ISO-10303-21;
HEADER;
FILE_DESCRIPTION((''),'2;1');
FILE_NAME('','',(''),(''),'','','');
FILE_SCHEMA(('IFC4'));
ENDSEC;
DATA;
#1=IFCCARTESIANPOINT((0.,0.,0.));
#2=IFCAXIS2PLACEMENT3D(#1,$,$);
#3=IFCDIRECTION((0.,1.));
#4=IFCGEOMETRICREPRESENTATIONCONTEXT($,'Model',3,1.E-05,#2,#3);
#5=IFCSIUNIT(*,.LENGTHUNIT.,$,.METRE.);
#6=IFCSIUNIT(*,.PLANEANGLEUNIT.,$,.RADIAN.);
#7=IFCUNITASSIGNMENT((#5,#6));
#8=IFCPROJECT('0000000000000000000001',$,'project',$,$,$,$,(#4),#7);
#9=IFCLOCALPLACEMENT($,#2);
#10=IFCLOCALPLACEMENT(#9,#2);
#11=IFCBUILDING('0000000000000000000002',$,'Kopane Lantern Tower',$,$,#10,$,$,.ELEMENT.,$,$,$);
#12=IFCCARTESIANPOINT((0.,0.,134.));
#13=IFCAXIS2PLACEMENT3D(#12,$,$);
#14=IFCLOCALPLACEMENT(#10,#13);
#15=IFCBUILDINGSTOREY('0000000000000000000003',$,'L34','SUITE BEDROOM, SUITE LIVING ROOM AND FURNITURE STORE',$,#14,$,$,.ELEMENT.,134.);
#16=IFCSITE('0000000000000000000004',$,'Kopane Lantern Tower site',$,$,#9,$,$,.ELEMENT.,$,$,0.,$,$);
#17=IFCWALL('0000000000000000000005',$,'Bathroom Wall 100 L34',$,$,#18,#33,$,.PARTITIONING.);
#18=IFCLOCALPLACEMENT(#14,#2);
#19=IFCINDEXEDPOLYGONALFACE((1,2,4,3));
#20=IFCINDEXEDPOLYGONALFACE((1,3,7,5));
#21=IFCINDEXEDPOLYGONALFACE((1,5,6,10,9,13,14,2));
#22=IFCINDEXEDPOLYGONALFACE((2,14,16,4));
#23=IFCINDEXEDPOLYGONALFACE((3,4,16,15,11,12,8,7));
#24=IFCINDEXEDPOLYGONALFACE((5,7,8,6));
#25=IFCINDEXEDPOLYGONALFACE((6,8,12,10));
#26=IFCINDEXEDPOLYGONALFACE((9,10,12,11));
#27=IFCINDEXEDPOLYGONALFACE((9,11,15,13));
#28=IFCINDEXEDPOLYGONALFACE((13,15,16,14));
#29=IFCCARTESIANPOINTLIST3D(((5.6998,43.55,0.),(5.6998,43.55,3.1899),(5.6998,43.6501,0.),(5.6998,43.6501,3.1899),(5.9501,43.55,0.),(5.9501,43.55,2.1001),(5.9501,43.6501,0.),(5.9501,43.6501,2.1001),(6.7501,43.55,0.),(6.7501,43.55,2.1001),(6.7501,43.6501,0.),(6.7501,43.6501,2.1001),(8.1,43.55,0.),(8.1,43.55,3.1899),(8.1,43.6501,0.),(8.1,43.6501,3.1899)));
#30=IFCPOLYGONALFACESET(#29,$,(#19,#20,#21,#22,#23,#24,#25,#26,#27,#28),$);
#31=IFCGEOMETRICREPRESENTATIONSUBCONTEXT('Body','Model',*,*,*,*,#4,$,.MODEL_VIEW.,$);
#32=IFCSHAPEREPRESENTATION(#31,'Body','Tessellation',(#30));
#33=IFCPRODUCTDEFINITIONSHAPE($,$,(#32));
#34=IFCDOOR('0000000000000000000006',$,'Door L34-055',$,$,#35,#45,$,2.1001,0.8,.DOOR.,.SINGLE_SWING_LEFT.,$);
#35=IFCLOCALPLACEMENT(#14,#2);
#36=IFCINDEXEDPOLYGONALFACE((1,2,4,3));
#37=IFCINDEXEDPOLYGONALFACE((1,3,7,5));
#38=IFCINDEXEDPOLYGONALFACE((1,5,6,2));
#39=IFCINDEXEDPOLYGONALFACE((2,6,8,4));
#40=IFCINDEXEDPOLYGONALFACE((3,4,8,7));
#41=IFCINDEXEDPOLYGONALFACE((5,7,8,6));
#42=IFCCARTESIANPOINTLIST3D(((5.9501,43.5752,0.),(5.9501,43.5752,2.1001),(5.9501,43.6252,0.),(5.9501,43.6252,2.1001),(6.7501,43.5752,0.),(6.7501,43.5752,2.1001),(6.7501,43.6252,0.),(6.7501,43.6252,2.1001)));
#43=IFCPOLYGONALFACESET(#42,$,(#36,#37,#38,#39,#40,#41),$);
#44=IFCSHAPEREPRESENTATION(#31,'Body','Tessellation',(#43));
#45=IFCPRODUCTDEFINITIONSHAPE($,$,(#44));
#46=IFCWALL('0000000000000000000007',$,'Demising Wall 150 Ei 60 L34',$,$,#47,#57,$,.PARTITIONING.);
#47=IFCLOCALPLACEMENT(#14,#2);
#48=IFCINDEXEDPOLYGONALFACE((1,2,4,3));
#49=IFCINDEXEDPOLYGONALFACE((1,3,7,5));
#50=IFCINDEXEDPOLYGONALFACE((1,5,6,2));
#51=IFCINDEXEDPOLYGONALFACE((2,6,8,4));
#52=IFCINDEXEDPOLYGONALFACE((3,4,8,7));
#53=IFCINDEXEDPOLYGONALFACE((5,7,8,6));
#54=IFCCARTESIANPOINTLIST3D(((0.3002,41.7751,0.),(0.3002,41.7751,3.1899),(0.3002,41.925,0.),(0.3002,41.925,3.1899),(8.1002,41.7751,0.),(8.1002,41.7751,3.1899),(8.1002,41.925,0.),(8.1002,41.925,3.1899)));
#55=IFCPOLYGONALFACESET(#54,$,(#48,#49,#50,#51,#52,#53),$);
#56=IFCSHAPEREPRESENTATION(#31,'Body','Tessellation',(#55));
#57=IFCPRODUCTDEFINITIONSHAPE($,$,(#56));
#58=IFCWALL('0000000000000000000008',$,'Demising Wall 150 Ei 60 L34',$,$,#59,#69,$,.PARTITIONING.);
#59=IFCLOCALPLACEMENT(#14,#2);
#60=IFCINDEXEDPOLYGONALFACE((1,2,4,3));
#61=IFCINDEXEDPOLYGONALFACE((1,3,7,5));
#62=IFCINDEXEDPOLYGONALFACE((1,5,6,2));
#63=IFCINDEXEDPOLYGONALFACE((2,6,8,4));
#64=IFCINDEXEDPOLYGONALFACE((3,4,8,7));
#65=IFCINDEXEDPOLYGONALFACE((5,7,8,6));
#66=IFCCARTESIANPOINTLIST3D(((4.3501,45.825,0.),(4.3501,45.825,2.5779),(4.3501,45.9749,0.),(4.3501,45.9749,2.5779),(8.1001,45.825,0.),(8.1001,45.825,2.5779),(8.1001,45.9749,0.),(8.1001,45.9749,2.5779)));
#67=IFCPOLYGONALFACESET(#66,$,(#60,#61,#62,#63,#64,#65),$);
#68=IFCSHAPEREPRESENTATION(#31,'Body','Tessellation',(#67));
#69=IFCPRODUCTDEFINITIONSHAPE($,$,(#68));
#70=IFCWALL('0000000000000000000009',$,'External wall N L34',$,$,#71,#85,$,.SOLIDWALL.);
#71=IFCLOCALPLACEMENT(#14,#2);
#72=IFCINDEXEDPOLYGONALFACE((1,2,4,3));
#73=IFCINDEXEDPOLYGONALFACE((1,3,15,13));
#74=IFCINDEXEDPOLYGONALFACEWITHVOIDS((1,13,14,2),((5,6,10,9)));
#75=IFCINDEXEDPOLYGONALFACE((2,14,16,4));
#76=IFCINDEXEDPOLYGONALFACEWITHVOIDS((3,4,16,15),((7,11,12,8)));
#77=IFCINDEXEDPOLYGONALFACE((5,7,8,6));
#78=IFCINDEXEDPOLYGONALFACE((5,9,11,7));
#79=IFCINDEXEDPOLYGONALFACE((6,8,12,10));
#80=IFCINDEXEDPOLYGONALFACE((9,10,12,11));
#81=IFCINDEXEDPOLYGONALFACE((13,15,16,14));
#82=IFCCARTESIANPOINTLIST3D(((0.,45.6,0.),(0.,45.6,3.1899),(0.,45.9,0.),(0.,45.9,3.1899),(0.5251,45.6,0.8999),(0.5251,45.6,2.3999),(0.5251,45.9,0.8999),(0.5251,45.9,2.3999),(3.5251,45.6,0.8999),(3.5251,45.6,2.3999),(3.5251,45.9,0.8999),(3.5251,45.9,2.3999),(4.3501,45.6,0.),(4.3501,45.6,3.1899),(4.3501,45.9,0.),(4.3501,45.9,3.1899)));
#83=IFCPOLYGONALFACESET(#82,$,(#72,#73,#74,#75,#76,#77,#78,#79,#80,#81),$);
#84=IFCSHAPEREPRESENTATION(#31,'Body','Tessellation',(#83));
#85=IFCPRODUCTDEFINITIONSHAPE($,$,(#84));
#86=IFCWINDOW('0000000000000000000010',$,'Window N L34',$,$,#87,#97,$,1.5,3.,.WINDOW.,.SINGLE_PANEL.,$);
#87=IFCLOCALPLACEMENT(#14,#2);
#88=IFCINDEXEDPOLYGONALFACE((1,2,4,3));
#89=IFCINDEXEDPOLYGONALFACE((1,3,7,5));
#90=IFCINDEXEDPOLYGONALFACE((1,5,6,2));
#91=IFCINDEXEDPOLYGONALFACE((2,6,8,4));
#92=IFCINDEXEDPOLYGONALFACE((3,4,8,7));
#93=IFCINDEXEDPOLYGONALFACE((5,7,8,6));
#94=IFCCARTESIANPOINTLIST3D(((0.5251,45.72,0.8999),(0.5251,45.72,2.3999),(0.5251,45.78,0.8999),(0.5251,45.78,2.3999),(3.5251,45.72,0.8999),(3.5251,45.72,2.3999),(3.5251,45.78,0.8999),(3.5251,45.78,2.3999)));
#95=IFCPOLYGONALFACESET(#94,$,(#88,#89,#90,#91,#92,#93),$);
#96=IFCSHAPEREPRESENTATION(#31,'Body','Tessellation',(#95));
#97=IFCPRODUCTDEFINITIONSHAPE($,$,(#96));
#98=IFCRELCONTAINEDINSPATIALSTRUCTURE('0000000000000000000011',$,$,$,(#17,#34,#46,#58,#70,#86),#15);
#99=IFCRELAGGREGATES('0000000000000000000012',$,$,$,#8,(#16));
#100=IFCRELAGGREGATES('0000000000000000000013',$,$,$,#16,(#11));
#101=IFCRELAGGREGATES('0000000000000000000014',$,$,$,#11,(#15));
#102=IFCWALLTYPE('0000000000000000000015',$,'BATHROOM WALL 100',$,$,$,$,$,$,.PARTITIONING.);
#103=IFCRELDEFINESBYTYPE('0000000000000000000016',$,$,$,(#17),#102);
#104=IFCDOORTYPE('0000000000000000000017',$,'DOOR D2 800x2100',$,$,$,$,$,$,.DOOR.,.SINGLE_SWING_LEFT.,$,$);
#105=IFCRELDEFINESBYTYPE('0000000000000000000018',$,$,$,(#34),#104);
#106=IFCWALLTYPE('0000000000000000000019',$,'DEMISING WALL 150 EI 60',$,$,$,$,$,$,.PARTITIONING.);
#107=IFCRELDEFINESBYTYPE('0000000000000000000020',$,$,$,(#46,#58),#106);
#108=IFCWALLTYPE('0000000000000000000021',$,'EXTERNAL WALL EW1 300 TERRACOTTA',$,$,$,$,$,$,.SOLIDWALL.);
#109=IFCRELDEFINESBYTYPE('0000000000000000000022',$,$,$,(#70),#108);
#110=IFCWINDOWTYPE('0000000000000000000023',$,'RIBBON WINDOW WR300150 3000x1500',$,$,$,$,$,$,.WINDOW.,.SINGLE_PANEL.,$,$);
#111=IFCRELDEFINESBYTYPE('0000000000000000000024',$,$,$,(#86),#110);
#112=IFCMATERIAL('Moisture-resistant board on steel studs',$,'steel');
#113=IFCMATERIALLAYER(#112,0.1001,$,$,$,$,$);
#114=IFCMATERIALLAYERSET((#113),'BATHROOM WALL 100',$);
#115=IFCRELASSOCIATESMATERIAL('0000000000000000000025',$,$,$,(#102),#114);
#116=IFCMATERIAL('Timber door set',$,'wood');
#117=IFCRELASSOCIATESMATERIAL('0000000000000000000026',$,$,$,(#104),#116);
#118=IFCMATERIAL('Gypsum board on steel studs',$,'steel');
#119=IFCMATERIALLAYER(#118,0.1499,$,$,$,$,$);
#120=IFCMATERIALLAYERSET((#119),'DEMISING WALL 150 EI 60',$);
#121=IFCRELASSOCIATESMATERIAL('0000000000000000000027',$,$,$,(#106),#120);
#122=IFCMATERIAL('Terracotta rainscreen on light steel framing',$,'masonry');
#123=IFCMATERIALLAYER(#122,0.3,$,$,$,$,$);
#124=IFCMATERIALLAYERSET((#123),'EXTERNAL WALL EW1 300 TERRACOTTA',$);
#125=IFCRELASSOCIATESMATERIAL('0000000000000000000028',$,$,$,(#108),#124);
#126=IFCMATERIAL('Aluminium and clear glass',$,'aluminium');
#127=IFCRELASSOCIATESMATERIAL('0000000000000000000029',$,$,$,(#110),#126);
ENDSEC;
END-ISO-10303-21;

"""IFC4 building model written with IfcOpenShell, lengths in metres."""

from ifc_helpers import new_model, si_unit, direction, frame, frame_2d, origin, place, context, subcontext, project, spatial, rectangle, extrude, material, layer, layer_set, type_object, element, fill, save


model = new_model("IFC4")

# Units and contexts
model_context = context("Model", 3, precision=1e-05, world=origin(), true_north=direction((0.0, 1.0)))
body_context = subcontext(model_context, "Body", "Model", "MODEL_VIEW")
ifc_project = project(units=[si_unit("LENGTHUNIT", "METRE"), si_unit("PLANEANGLEUNIT", "RADIAN")], contexts=[model_context])

# Site, building, storey
site_placement = place(None, origin())
site = spatial("IfcSite", under=ifc_project, at=site_placement, Name="Kopane Lantern Tower site", CompositionType="ELEMENT", RefElevation=0.0)
building_placement = place(site_placement, origin())
building = spatial("IfcBuilding", under=site, at=building_placement, Name="Kopane Lantern Tower", CompositionType="ELEMENT")
storey_placement = place(building_placement, frame((0.0, 0.0, 134.0)))
storey = spatial("IfcBuildingStorey", under=building, at=storey_placement, Name="L34", Description="SUITE BEDROOM, SUITE LIVING ROOM AND FURNITURE STORE", CompositionType="ELEMENT", Elevation=134.0)

# Shared definitions
ifc_material_1 = material(Name="Moisture-resistant board on steel studs", Category="steel")
ifc_layer_1 = layer(ifc_material_1, 0.1001)
ifc_layer_set_1 = layer_set([ifc_layer_1], Name="BATHROOM WALL 100")
wall_type_1 = type_object("IfcWallType", Name="BATHROOM WALL 100", PredefinedType="PARTITIONING", material=ifc_layer_set_1)

# Shared definitions
ifc_material_2 = material(Name="Timber door set", Category="wood")
door_type = type_object("IfcDoorType", Name="DOOR D2 800x2100", OperationType="SINGLE_SWING_LEFT", PredefinedType="DOOR", material=ifc_material_2)

# Wall, opening, door
wall_1_placement = place(storey_placement, frame((8.1001, 43.6001, 0.0), z_axis=(0.0, 0.0, 1.0), x_axis=(-1.0, 0.0, 0.0)))
wall_1 = element("IfcWall", 1, at=wall_1_placement, inside=storey, type_object=wall_type_1, Name="Bathroom Wall 100 L34", PredefinedType="PARTITIONING", context=body_context, shape_type="SweptSolid", body=[
    extrude(rectangle(XDim=2.4001, YDim=0.1001, at=frame_2d((1.2002, 0.0))), origin(), (0.0, 0.0, 1.0), 3.1899),
])
opening_1_placement = place(wall_1_placement, frame((1.3501, 0.0, 0.0)))
opening_1 = element("IfcOpeningElement", 2, at=opening_1_placement, cuts=wall_1, PredefinedType="OPENING", context=body_context, shape_type="SweptSolid", body=[
    extrude(rectangle(XDim=0.8, YDim=2.1001, at=frame_2d((0.3999, 1.05))), frame((0.0, 0.0601, 0.0), z_axis=(0.0, -1.0, 0.0), x_axis=(1.0, 0.0, 0.0)), (0.0, 0.0, 1.0), 0.1201),
])
door_1_placement = place(opening_1_placement, origin())
door_1 = element("IfcDoor", 3, at=door_1_placement, inside=storey, type_object=door_type, Name="Door L34-055", OperationType="SINGLE_SWING_LEFT", OverallHeight=2.1001, OverallWidth=0.8, PredefinedType="DOOR", context=body_context, shape_type="SweptSolid", body=[
    extrude(rectangle(XDim=0.8, YDim=2.1001, at=frame_2d((0.3999, 1.05))), frame((0.0, 0.0249, 0.0), z_axis=(0.0, -1.0, 0.0), x_axis=(1.0, 0.0, 0.0)), (0.0, 0.0, 1.0), 0.05),
])
fill(opening_1, door_1)

# Walls
ifc_material_3 = material(Name="Gypsum board on steel studs", Category="steel")
ifc_layer_2 = layer(ifc_material_3, 0.1499)
ifc_layer_set_2 = layer_set([ifc_layer_2], Name="DEMISING WALL 150 EI 60")
wall_type_2 = type_object("IfcWallType", Name="DEMISING WALL 150 EI 60", PredefinedType="PARTITIONING", material=ifc_layer_set_2)
wall_2_placement = place(storey_placement, frame((8.1001, 41.8501, 0.0), z_axis=(0.0, 0.0, 1.0), x_axis=(-1.0, 0.0, 0.0)))
element("IfcWall", 4, at=wall_2_placement, inside=storey, type_object=wall_type_2, Name="Demising Wall 150 Ei 60 L34", PredefinedType="PARTITIONING", context=body_context, shape_type="SweptSolid", body=[
    extrude(rectangle(XDim=7.8, YDim=0.1499, at=frame_2d((3.8999, 0.0))), origin(), (0.0, 0.0, 1.0), 3.1899),
])
wall_3_placement = place(storey_placement, frame((4.3501, 45.8999, 0.0), z_axis=(0.0, 0.0, 1.0), x_axis=(1.0, 0.0, 0.0)))
element("IfcWall", 5, at=wall_3_placement, inside=storey, type_object=wall_type_2, Name="Demising Wall 150 Ei 60 L34", PredefinedType="PARTITIONING", context=body_context, shape_type="SweptSolid", body=[
    extrude(rectangle(XDim=3.75, YDim=0.1499, at=frame_2d((1.875, 0.0))), origin(), (0.0, 0.0, 1.0), 2.5779),
])

# Wall, opening, window
ifc_material_4 = material(Name="Terracotta rainscreen on light steel framing", Category="masonry")
ifc_layer_3 = layer(ifc_material_4, 0.3)
ifc_layer_set_3 = layer_set([ifc_layer_3], Name="EXTERNAL WALL EW1 300 TERRACOTTA")
wall_type_3 = type_object("IfcWallType", Name="EXTERNAL WALL EW1 300 TERRACOTTA", PredefinedType="SOLIDWALL", material=ifc_layer_set_3)
wall_4_placement = place(storey_placement, frame((4.3501, 45.75, 0.0), z_axis=(0.0, 0.0, 1.0), x_axis=(-1.0, 0.0, 0.0)))
wall_4 = element("IfcWall", 6, at=wall_4_placement, inside=storey, type_object=wall_type_3, Name="External wall N L34", PredefinedType="SOLIDWALL", context=body_context, shape_type="SweptSolid", body=[
    extrude(rectangle(XDim=4.3501, YDim=0.3, at=frame_2d((2.175, 0.0))), origin(), (0.0, 0.0, 1.0), 3.1899),
])
opening_2_placement = place(wall_4_placement, frame((0.825, 0.0, 0.8999)))
opening_2 = element("IfcOpeningElement", 7, at=opening_2_placement, cuts=wall_4, PredefinedType="OPENING", context=body_context, shape_type="SweptSolid", body=[
    extrude(rectangle(XDim=3.0, YDim=1.5, at=frame_2d((1.5, 0.75))), frame((0.0, 0.1599, 0.0), z_axis=(0.0, -1.0, 0.0), x_axis=(1.0, 0.0, 0.0)), (0.0, 0.0, 1.0), 0.3201),
])
ifc_material_5 = material(Name="Aluminium and clear glass", Category="aluminium")
window_type_1 = type_object("IfcWindowType", Name="RIBBON WINDOW WR300150 3000x1500", PartitioningType="SINGLE_PANEL", PredefinedType="WINDOW", material=ifc_material_5)
window_1_placement = place(opening_2_placement, origin())
window_1 = element("IfcWindow", 8, at=window_1_placement, inside=storey, type_object=window_type_1, Name="Window N L34", OverallHeight=1.5, OverallWidth=3.0, PartitioningType="SINGLE_PANEL", PredefinedType="WINDOW", context=body_context, shape_type="SweptSolid", body=[
    extrude(rectangle(XDim=3.0, YDim=1.5, at=frame_2d((1.5, 0.75))), frame((0.0, 0.03, 0.0), z_axis=(0.0, -1.0, 0.0), x_axis=(1.0, 0.0, 0.0)), (0.0, 0.0, 1.0), 0.0601),
])
fill(opening_2, window_1)

save(model, "model.ifc")
